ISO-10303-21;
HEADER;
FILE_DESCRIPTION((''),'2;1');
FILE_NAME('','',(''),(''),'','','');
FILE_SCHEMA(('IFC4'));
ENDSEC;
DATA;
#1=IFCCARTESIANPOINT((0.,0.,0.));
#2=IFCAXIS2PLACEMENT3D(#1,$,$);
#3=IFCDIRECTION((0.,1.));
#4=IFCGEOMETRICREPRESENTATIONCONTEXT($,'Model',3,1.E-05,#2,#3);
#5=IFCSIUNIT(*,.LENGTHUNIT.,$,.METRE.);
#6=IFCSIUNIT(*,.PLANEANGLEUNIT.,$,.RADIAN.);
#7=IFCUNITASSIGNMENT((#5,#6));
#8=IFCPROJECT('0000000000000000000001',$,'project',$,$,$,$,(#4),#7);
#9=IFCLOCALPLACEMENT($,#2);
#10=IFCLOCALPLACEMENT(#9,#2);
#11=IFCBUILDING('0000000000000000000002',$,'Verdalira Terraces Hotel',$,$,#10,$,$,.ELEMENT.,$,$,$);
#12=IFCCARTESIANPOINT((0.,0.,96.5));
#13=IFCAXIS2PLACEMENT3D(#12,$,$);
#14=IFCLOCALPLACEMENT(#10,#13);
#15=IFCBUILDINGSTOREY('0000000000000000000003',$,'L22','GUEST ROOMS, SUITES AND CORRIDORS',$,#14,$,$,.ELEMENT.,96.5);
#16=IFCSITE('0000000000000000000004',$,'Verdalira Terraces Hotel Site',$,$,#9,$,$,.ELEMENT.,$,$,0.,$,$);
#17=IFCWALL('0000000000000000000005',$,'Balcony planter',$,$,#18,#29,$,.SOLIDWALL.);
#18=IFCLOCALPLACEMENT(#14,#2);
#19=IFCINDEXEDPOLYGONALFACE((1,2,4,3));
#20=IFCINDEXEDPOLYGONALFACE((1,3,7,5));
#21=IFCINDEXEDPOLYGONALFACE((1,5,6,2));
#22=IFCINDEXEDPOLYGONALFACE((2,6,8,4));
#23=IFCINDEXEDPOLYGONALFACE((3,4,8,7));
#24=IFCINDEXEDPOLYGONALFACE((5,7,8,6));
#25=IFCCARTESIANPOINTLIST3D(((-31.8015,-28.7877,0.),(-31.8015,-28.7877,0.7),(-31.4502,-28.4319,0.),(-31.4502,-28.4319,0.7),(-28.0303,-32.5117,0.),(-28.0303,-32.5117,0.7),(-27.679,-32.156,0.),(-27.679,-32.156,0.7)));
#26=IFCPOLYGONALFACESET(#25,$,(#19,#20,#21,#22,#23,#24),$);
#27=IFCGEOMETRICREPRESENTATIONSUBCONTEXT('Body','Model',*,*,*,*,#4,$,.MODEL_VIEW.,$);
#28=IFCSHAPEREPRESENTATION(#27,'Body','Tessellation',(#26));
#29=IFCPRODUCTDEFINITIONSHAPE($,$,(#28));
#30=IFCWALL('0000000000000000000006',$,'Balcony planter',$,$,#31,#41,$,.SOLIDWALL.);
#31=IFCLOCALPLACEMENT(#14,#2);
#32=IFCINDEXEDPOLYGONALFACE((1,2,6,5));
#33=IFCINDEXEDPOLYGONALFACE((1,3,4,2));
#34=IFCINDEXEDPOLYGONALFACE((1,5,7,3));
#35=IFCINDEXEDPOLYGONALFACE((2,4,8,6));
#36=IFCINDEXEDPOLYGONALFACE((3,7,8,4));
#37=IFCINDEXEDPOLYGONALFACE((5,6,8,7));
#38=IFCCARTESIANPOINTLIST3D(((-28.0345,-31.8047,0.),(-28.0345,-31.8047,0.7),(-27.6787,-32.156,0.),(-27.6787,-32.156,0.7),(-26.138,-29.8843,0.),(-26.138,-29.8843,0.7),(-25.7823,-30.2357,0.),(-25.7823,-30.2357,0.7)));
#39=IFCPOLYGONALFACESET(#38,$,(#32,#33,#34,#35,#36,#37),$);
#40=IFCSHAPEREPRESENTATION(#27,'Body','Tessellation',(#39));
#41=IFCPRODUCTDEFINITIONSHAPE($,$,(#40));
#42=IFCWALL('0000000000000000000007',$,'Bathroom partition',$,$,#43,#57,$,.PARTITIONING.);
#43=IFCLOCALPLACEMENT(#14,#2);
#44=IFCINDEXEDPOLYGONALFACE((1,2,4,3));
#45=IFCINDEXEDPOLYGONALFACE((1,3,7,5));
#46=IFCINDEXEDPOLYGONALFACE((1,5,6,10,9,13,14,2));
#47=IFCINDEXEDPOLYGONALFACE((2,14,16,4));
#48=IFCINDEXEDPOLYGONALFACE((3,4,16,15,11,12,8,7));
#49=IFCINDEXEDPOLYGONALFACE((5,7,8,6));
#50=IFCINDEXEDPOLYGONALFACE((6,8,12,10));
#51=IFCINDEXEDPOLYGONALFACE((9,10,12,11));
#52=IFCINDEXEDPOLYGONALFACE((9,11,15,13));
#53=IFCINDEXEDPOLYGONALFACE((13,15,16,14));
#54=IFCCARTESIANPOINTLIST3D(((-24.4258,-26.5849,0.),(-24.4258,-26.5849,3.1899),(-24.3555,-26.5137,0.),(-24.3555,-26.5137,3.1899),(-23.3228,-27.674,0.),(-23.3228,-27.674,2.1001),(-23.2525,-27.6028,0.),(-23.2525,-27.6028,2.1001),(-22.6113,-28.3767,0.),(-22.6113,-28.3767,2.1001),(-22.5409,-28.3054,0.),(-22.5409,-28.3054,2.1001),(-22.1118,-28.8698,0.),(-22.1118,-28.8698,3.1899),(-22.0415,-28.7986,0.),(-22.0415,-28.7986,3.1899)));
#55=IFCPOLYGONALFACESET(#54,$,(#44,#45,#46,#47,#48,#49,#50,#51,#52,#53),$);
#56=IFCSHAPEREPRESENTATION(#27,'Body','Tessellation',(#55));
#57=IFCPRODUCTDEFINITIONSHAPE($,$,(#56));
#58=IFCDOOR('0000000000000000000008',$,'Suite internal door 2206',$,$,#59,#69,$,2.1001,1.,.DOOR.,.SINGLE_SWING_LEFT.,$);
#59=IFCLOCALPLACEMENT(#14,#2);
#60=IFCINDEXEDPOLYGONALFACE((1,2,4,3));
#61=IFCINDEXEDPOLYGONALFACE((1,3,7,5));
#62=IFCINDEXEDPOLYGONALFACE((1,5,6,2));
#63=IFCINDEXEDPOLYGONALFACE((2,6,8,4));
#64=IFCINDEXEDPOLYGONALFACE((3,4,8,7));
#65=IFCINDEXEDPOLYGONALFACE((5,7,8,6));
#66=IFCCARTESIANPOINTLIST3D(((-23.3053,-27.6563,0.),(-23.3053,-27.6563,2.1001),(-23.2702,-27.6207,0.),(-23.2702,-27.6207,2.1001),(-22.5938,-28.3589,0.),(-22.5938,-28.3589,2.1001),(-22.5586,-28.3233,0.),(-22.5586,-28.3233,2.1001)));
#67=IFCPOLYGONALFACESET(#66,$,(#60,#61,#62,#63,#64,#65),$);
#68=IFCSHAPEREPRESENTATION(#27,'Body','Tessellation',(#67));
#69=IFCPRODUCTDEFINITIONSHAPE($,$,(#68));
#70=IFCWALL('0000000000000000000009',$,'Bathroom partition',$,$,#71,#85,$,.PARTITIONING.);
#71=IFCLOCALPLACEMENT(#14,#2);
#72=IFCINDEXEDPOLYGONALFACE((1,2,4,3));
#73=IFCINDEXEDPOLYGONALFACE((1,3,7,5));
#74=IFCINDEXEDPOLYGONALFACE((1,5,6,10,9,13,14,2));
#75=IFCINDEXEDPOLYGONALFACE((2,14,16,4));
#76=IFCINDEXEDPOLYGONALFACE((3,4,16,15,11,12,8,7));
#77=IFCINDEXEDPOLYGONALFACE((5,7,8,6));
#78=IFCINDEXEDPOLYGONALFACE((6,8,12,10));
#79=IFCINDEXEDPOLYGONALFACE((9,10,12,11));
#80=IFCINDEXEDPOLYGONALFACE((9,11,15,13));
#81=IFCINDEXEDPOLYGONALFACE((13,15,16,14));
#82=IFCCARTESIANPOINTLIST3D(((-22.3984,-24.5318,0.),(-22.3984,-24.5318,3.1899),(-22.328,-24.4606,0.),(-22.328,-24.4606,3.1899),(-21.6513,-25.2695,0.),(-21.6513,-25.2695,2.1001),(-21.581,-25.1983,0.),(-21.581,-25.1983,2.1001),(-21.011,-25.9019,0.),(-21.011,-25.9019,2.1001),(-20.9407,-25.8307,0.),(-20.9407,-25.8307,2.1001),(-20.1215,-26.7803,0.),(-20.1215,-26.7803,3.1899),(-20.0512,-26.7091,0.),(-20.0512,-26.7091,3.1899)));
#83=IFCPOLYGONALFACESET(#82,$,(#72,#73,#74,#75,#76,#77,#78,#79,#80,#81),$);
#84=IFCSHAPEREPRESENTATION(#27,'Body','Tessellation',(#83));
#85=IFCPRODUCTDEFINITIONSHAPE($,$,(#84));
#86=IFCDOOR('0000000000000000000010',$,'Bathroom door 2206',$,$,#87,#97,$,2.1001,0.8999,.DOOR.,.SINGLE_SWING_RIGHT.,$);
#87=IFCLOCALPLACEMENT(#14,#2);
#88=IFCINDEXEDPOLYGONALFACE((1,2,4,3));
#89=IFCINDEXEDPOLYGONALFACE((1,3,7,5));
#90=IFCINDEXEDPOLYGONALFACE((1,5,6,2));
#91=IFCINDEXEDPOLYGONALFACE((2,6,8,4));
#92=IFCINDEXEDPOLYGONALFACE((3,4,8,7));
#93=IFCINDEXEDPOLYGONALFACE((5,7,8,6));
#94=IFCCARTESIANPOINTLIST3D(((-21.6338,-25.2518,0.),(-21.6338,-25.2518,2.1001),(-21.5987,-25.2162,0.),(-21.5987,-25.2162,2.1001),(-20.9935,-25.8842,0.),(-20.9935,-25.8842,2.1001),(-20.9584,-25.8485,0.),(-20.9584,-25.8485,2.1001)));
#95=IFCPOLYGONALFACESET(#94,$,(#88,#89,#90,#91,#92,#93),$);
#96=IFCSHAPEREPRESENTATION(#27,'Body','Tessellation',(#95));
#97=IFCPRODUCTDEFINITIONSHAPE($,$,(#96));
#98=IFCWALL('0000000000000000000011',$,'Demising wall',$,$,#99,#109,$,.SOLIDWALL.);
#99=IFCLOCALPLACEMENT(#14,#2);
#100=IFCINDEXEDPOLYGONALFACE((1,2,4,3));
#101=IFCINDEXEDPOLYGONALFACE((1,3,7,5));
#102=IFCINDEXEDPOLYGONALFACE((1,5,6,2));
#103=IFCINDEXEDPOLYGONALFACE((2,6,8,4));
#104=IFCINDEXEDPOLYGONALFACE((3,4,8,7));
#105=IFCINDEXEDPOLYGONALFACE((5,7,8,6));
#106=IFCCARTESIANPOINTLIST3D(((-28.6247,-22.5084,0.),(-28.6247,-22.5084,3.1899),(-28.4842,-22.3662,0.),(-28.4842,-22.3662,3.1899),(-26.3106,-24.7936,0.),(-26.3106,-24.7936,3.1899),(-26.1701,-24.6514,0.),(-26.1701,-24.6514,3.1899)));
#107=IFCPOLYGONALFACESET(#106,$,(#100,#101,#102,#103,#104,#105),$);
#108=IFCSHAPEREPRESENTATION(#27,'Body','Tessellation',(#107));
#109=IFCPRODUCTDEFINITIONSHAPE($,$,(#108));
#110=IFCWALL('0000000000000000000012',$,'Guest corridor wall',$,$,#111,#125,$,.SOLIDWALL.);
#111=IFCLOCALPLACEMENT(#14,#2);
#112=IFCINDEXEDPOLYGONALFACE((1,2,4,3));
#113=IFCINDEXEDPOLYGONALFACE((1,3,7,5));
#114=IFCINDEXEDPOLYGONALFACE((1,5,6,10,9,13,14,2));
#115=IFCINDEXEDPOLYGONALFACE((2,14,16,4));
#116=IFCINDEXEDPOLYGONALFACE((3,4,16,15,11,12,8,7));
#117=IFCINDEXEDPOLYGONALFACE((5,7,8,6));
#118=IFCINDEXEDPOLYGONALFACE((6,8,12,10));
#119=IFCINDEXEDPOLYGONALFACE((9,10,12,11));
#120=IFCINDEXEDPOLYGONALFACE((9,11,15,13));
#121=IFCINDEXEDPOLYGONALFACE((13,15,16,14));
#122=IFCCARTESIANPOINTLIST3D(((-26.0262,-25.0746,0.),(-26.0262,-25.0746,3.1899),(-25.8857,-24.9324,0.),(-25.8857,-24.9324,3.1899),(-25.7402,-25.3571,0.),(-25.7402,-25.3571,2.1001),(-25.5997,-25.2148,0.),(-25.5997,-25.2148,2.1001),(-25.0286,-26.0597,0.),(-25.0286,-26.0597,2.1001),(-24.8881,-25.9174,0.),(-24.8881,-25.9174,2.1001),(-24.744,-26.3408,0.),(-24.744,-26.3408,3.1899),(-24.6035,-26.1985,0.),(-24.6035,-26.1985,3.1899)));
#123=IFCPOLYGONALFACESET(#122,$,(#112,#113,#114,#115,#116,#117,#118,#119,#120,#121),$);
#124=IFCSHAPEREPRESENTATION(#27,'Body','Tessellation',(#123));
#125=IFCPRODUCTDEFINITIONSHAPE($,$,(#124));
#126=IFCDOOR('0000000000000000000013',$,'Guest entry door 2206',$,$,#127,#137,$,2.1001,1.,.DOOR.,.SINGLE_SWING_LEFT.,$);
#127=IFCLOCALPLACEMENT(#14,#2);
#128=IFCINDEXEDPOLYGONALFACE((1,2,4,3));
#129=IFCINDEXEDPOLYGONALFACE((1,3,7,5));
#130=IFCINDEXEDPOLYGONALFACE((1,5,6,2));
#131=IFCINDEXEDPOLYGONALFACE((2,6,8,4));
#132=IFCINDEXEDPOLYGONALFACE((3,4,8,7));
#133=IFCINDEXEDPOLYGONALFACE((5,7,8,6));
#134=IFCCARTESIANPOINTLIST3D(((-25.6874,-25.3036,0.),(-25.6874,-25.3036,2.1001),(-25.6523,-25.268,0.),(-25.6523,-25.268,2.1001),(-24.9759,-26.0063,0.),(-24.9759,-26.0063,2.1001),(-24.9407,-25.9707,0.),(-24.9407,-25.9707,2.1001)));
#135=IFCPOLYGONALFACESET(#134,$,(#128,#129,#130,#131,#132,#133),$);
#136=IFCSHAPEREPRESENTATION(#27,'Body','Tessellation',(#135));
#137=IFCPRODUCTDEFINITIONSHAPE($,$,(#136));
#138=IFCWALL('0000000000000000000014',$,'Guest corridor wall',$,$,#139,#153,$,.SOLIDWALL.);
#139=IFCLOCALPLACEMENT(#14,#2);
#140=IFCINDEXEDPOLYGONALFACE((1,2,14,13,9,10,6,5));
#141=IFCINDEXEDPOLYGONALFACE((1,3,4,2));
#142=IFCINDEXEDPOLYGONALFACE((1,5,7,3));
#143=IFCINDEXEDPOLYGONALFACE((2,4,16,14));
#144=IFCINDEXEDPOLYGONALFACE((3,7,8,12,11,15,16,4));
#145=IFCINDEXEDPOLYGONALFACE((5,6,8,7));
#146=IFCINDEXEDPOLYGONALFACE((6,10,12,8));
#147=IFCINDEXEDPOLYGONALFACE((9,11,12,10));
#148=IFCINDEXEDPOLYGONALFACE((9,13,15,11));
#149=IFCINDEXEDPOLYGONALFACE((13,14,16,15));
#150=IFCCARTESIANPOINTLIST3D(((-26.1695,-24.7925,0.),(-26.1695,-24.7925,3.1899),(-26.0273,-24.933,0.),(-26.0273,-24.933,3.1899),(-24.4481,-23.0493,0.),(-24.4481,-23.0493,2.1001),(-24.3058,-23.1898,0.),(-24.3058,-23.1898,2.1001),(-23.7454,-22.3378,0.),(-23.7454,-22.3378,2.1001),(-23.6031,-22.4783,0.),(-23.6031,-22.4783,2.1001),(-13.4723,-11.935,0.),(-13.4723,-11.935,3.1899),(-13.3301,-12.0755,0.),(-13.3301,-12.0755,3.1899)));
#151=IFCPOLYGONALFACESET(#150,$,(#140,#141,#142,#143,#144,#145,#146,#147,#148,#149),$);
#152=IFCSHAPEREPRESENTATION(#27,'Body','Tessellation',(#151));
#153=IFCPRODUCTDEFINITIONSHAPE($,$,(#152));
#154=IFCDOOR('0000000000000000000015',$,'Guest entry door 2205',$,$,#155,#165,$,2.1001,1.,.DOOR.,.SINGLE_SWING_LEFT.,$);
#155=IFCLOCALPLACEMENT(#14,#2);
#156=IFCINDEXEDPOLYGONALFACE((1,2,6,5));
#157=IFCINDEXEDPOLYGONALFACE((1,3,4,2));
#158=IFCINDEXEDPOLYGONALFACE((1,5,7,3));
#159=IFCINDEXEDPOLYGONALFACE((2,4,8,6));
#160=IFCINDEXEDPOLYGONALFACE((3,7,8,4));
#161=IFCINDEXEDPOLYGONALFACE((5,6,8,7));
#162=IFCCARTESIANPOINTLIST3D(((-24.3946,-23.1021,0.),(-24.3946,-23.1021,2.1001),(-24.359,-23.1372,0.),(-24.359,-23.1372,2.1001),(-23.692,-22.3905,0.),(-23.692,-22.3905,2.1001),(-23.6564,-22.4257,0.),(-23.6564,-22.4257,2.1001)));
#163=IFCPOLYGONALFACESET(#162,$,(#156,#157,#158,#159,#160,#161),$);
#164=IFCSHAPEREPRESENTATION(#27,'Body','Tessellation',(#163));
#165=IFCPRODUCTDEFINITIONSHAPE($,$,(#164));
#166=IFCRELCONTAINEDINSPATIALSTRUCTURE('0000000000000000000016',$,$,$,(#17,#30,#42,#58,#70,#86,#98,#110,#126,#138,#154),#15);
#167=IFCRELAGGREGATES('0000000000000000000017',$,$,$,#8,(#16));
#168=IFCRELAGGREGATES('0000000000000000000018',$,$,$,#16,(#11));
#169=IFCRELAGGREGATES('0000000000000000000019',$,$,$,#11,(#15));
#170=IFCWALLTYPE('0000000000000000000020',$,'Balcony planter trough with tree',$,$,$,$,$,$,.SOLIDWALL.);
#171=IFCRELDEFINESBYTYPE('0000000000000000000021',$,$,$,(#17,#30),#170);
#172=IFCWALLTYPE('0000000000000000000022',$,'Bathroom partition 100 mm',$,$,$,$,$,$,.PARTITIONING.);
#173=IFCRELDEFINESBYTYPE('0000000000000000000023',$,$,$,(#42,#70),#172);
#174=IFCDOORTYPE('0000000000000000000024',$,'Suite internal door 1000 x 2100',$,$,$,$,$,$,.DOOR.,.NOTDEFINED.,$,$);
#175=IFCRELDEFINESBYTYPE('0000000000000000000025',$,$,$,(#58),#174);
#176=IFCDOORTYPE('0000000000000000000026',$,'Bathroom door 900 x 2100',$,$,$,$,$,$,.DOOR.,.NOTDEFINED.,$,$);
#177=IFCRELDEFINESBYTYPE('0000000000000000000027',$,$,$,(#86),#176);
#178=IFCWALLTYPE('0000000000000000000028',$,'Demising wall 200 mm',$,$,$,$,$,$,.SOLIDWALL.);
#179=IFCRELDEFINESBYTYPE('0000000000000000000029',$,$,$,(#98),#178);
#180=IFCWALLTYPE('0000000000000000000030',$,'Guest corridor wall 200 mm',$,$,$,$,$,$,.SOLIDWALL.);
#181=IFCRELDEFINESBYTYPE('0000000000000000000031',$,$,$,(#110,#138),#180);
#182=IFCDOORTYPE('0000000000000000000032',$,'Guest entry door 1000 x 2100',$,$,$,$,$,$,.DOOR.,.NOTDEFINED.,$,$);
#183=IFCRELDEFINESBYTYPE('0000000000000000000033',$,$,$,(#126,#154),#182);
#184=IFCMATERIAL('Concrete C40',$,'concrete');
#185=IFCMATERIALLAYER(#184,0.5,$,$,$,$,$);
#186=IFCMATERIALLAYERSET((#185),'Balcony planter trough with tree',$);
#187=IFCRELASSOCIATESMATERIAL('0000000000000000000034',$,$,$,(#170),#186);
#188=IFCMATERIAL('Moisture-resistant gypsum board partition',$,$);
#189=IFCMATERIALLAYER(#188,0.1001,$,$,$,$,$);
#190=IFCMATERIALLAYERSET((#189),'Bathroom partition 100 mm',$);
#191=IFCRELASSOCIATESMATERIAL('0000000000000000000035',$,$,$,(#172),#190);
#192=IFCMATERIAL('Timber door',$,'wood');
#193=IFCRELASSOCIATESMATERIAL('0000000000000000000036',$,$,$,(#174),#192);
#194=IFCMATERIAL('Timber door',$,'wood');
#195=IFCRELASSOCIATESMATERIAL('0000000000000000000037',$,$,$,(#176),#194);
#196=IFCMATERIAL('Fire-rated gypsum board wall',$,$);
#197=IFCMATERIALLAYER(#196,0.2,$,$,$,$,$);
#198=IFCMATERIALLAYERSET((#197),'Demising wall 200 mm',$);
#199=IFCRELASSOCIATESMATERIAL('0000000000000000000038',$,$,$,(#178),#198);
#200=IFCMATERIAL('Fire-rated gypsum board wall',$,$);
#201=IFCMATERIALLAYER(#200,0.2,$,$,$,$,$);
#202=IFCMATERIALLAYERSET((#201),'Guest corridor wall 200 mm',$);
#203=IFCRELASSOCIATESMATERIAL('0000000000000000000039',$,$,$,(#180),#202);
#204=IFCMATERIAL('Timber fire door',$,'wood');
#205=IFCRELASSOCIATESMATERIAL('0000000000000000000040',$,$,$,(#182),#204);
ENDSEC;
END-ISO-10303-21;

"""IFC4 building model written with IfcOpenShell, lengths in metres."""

from ifc_helpers import new_model, si_unit, direction, frame, frame_2d, origin, place, context, subcontext, project, spatial, rectangle, extrude, material, layer, layer_set, type_object, element, fill, save


model = new_model("IFC4")

# Units and contexts
model_context = context("Model", 3, precision=1e-05, world=origin(), true_north=direction((0.0, 1.0)))
body_context = subcontext(model_context, "Body", "Model", "MODEL_VIEW")
ifc_project = project(units=[si_unit("LENGTHUNIT", "METRE"), si_unit("PLANEANGLEUNIT", "RADIAN")], contexts=[model_context])

# Site, building, storey
site_placement = place(None, origin())
site = spatial("IfcSite", under=ifc_project, at=site_placement, Name="Verdalira Terraces Hotel Site", CompositionType="ELEMENT", RefElevation=0.0)
building_placement = place(site_placement, origin())
building = spatial("IfcBuilding", under=site, at=building_placement, Name="Verdalira Terraces Hotel", CompositionType="ELEMENT")
storey_placement = place(building_placement, frame((0.0, 0.0, 96.5)))
storey = spatial("IfcBuildingStorey", under=building, at=storey_placement, Name="L22", Description="GUEST ROOMS, SUITES AND CORRIDORS", CompositionType="ELEMENT", Elevation=96.5)

# Walls
ifc_material_1 = material(Name="Concrete C40", Category="concrete")
ifc_layer_1 = layer(ifc_material_1, 0.5)
ifc_layer_set_1 = layer_set([ifc_layer_1], Name="Balcony planter trough with tree")
wall_type_1 = type_object("IfcWallType", Name="Balcony planter trough with tree", PredefinedType="SOLIDWALL", material=ifc_layer_set_1)
wall_1_placement = place(storey_placement, frame((-31.6257, -28.6099, 0.0), z_axis=(0.0, 0.0, 1.0), x_axis=(0.711538, -0.702648, 0.0)))
element("IfcWall", 1, at=wall_1_placement, inside=storey, type_object=wall_type_1, Name="Balcony planter", PredefinedType="SOLIDWALL", context=body_context, shape_type="SweptSolid", body=[
    extrude(rectangle(XDim=5.3, YDim=0.5, at=frame_2d((2.6499, 0.0))), origin(), (0.0, 0.0, 1.0), 0.7),
])
wall_2_placement = place(storey_placement, frame((-27.8567, -31.9805, 0.0), z_axis=(0.0, 0.0, 1.0), x_axis=(0.702661, 0.711525, 0.0)))
element("IfcWall", 2, at=wall_2_placement, inside=storey, type_object=wall_type_1, Name="Balcony planter", PredefinedType="SOLIDWALL", context=body_context, shape_type="SweptSolid", body=[
    extrude(rectangle(XDim=2.699, YDim=0.5, at=frame_2d((1.3496, 0.0))), origin(), (0.0, 0.0, 1.0), 0.7),
])

# Walls, openings, doors
ifc_material_2 = material(Name="Moisture-resistant gypsum board partition")
ifc_layer_2 = layer(ifc_material_2, 0.1001)
ifc_layer_set_2 = layer_set([ifc_layer_2], Name="Bathroom partition 100 mm")
wall_type_2 = type_object("IfcWallType", Name="Bathroom partition 100 mm", PredefinedType="PARTITIONING", material=ifc_layer_set_2)
wall_3_placement = place(storey_placement, frame((-24.3906, -26.5493, 0.0), z_axis=(0.0, 0.0, 1.0), x_axis=(0.71156, -0.702626, 0.0)))
wall_3 = element("IfcWall", 3, at=wall_3_placement, inside=storey, type_object=wall_type_2, Name="Bathroom partition", PredefinedType="PARTITIONING", context=body_context, shape_type="SweptSolid", body=[
    extrude(rectangle(XDim=3.252, YDim=0.1001, at=frame_2d((1.626, 0.0))), origin(), (0.0, 0.0, 1.0), 3.1899),
])
opening_1_placement = place(wall_3_placement, frame((1.55, 0.0, 0.0)))
opening_1 = element("IfcOpeningElement", 4, at=opening_1_placement, cuts=wall_3, PredefinedType="OPENING", context=body_context, shape_type="SweptSolid", body=[
    extrude(rectangle(XDim=1.0, YDim=2.1001, at=frame_2d((0.5, 1.05))), frame((0.0, 0.0601, 0.0), z_axis=(0.0, -1.0, 0.0), x_axis=(1.0, 0.0, 0.0)), (0.0, 0.0, 1.0), 0.1201),
])
ifc_material_3 = material(Name="Timber door", Category="wood")
door_type_1 = type_object("IfcDoorType", Name="Suite internal door 1000 x 2100", OperationType="NOTDEFINED", PredefinedType="DOOR", material=ifc_material_3)
door_1_placement = place(opening_1_placement, origin())
door_1 = element("IfcDoor", 5, at=door_1_placement, inside=storey, type_object=door_type_1, Name="Suite internal door 2206", OperationType="SINGLE_SWING_LEFT", OverallHeight=2.1001, OverallWidth=1.0, PredefinedType="DOOR", context=body_context, shape_type="SweptSolid", body=[
    extrude(rectangle(XDim=1.0, YDim=2.1001, at=frame_2d((0.5, 1.05))), frame((0.0, 0.0249, 0.0), z_axis=(0.0, -1.0, 0.0), x_axis=(1.0, 0.0, 0.0)), (0.0, 0.0, 1.0), 0.05),
])
fill(opening_1, door_1)
wall_4_placement = place(storey_placement, frame((-22.3633, -24.4961, 0.0), z_axis=(0.0, 0.0, 1.0), x_axis=(0.711518, -0.702668, 0.0)))
wall_4 = element("IfcWall", 6, at=wall_4_placement, inside=storey, type_object=wall_type_2, Name="Bathroom partition", PredefinedType="PARTITIONING", context=body_context, shape_type="SweptSolid", body=[
    extrude(rectangle(XDim=3.2, YDim=0.1001, at=frame_2d((1.6001, 0.0))), origin(), (0.0, 0.0, 1.0), 3.1899),
])
opening_2_placement = place(wall_4_placement, frame((1.05, 0.0, 0.0)))
opening_2 = element("IfcOpeningElement", 7, at=opening_2_placement, cuts=wall_4, PredefinedType="OPENING", context=body_context, shape_type="SweptSolid", body=[
    extrude(rectangle(XDim=0.8999, YDim=2.1001, at=frame_2d((0.45, 1.05))), frame((0.0, 0.0601, 0.0), z_axis=(0.0, -1.0, 0.0), x_axis=(1.0, 0.0, 0.0)), (0.0, 0.0, 1.0), 0.1201),
])
ifc_material_4 = material(Name="Timber door", Category="wood")
door_type_2 = type_object("IfcDoorType", Name="Bathroom door 900 x 2100", OperationType="NOTDEFINED", PredefinedType="DOOR", material=ifc_material_4)
door_2_placement = place(opening_2_placement, origin())
door_2 = element("IfcDoor", 8, at=door_2_placement, inside=storey, type_object=door_type_2, Name="Bathroom door 2206", OperationType="SINGLE_SWING_RIGHT", OverallHeight=2.1001, OverallWidth=0.8999, PredefinedType="DOOR", context=body_context, shape_type="SweptSolid", body=[
    extrude(rectangle(XDim=0.8999, YDim=2.1001, at=frame_2d((0.45, 1.05))), frame((0.0, 0.0249, 0.0), z_axis=(0.0, -1.0, 0.0), x_axis=(1.0, 0.0, 0.0)), (0.0, 0.0, 1.0), 0.05),
])
fill(opening_2, door_2)

# Wall
ifc_material_5 = material(Name="Fire-rated gypsum board wall")
ifc_layer_3 = layer(ifc_material_5, 0.2)
ifc_layer_set_3 = layer_set([ifc_layer_3], Name="Demising wall 200 mm")
wall_type_3 = type_object("IfcWallType", Name="Demising wall 200 mm", PredefinedType="SOLIDWALL", material=ifc_layer_set_3)
wall_5_placement = place(storey_placement, frame((-26.2405, -24.7224, 0.0), z_axis=(0.0, 0.0, 1.0), x_axis=(-0.711522, 0.702664, 0.0)))
element("IfcWall", 9, at=wall_5_placement, inside=storey, type_object=wall_type_3, Name="Demising wall", PredefinedType="SOLIDWALL", context=body_context, shape_type="SweptSolid", body=[
    extrude(rectangle(XDim=3.2522, YDim=0.2, at=frame_2d((1.626, 0.0))), origin(), (0.0, 0.0, 1.0), 3.1899),
])

# Walls, openings, doors
ifc_material_6 = material(Name="Fire-rated gypsum board wall")
ifc_layer_4 = layer(ifc_material_6, 0.2)
ifc_layer_set_4 = layer_set([ifc_layer_4], Name="Guest corridor wall 200 mm")
wall_type_4 = type_object("IfcWallType", Name="Guest corridor wall 200 mm", PredefinedType="SOLIDWALL", material=ifc_layer_set_4)
wall_6_placement = place(storey_placement, frame((-24.6738, -26.2695, 0.0), z_axis=(0.0, 0.0, 1.0), x_axis=(-0.711564, 0.702622, 0.0)))
wall_6 = element("IfcWall", 10, at=wall_6_placement, inside=storey, type_object=wall_type_4, Name="Guest corridor wall", PredefinedType="SOLIDWALL", context=body_context, shape_type="SweptSolid", body=[
    extrude(rectangle(XDim=1.802, YDim=0.2, at=frame_2d((0.9009, 0.0))), origin(), (0.0, 0.0, 1.0), 3.1899),
])
opening_3_placement = place(wall_6_placement, frame((0.3999, 0.0, 0.0)))
opening_3 = element("IfcOpeningElement", 11, at=opening_3_placement, cuts=wall_6, PredefinedType="OPENING", context=body_context, shape_type="SweptSolid", body=[
    extrude(rectangle(XDim=1.0, YDim=2.1001, at=frame_2d((0.5, 1.05))), frame((0.0, 0.1099, 0.0), z_axis=(0.0, -1.0, 0.0), x_axis=(1.0, 0.0, 0.0)), (0.0, 0.0, 1.0), 0.22),
])
ifc_material_7 = material(Name="Timber fire door", Category="wood")
door_type_3 = type_object("IfcDoorType", Name="Guest entry door 1000 x 2100", OperationType="NOTDEFINED", PredefinedType="DOOR", material=ifc_material_7)
door_3_placement = place(opening_3_placement, origin())
door_3 = element("IfcDoor", 12, at=door_3_placement, inside=storey, type_object=door_type_3, Name="Guest entry door 2206", OperationType="SINGLE_SWING_LEFT", OverallHeight=2.1001, OverallWidth=1.0, PredefinedType="DOOR", context=body_context, shape_type="SweptSolid", body=[
    extrude(rectangle(XDim=1.0, YDim=2.1001, at=frame_2d((0.5, 1.05))), frame((0.0, 0.0249, 0.0), z_axis=(0.0, -1.0, 0.0), x_axis=(1.0, 0.0, 0.0)), (0.0, 0.0, 1.0), 0.05),
])
fill(opening_3, door_3)
wall_7_placement = place(storey_placement, frame((-26.0984, -24.8628, 0.0), z_axis=(0.0, 0.0, 1.0), x_axis=(0.702655, 0.711531, 0.0)))
wall_7 = element("IfcWall", 13, at=wall_7_placement, inside=storey, type_object=wall_type_4, Name="Guest corridor wall", PredefinedType="SOLIDWALL", context=body_context, shape_type="SweptSolid", body=[
    extrude(rectangle(XDim=18.0703, YDim=0.2, at=frame_2d((9.0352, 0.0))), origin(), (0.0, 0.0, 1.0), 3.1899),
])
opening_4_placement = place(wall_7_placement, frame((2.45, 0.0, 0.0)))
opening_4 = element("IfcOpeningElement", 14, at=opening_4_placement, cuts=wall_7, PredefinedType="OPENING", context=body_context, shape_type="SweptSolid", body=[
    extrude(rectangle(XDim=1.0, YDim=2.1001, at=frame_2d((0.5, 1.05))), frame((0.0, 0.1099, 0.0), z_axis=(0.0, -1.0, 0.0), x_axis=(1.0, 0.0, 0.0)), (0.0, 0.0, 1.0), 0.22),
])
door_4_placement = place(opening_4_placement, origin())
door_4 = element("IfcDoor", 15, at=door_4_placement, inside=storey, type_object=door_type_3, Name="Guest entry door 2205", OperationType="SINGLE_SWING_LEFT", OverallHeight=2.1001, OverallWidth=1.0, PredefinedType="DOOR", context=body_context, shape_type="SweptSolid", body=[
    extrude(rectangle(XDim=1.0, YDim=2.1001, at=frame_2d((0.5, 1.05))), frame((0.0, 0.0249, 0.0), z_axis=(0.0, -1.0, 0.0), x_axis=(1.0, 0.0, 0.0)), (0.0, 0.0, 1.0), 0.05),
])
fill(opening_4, door_4)

save(model, "model.ifc")
